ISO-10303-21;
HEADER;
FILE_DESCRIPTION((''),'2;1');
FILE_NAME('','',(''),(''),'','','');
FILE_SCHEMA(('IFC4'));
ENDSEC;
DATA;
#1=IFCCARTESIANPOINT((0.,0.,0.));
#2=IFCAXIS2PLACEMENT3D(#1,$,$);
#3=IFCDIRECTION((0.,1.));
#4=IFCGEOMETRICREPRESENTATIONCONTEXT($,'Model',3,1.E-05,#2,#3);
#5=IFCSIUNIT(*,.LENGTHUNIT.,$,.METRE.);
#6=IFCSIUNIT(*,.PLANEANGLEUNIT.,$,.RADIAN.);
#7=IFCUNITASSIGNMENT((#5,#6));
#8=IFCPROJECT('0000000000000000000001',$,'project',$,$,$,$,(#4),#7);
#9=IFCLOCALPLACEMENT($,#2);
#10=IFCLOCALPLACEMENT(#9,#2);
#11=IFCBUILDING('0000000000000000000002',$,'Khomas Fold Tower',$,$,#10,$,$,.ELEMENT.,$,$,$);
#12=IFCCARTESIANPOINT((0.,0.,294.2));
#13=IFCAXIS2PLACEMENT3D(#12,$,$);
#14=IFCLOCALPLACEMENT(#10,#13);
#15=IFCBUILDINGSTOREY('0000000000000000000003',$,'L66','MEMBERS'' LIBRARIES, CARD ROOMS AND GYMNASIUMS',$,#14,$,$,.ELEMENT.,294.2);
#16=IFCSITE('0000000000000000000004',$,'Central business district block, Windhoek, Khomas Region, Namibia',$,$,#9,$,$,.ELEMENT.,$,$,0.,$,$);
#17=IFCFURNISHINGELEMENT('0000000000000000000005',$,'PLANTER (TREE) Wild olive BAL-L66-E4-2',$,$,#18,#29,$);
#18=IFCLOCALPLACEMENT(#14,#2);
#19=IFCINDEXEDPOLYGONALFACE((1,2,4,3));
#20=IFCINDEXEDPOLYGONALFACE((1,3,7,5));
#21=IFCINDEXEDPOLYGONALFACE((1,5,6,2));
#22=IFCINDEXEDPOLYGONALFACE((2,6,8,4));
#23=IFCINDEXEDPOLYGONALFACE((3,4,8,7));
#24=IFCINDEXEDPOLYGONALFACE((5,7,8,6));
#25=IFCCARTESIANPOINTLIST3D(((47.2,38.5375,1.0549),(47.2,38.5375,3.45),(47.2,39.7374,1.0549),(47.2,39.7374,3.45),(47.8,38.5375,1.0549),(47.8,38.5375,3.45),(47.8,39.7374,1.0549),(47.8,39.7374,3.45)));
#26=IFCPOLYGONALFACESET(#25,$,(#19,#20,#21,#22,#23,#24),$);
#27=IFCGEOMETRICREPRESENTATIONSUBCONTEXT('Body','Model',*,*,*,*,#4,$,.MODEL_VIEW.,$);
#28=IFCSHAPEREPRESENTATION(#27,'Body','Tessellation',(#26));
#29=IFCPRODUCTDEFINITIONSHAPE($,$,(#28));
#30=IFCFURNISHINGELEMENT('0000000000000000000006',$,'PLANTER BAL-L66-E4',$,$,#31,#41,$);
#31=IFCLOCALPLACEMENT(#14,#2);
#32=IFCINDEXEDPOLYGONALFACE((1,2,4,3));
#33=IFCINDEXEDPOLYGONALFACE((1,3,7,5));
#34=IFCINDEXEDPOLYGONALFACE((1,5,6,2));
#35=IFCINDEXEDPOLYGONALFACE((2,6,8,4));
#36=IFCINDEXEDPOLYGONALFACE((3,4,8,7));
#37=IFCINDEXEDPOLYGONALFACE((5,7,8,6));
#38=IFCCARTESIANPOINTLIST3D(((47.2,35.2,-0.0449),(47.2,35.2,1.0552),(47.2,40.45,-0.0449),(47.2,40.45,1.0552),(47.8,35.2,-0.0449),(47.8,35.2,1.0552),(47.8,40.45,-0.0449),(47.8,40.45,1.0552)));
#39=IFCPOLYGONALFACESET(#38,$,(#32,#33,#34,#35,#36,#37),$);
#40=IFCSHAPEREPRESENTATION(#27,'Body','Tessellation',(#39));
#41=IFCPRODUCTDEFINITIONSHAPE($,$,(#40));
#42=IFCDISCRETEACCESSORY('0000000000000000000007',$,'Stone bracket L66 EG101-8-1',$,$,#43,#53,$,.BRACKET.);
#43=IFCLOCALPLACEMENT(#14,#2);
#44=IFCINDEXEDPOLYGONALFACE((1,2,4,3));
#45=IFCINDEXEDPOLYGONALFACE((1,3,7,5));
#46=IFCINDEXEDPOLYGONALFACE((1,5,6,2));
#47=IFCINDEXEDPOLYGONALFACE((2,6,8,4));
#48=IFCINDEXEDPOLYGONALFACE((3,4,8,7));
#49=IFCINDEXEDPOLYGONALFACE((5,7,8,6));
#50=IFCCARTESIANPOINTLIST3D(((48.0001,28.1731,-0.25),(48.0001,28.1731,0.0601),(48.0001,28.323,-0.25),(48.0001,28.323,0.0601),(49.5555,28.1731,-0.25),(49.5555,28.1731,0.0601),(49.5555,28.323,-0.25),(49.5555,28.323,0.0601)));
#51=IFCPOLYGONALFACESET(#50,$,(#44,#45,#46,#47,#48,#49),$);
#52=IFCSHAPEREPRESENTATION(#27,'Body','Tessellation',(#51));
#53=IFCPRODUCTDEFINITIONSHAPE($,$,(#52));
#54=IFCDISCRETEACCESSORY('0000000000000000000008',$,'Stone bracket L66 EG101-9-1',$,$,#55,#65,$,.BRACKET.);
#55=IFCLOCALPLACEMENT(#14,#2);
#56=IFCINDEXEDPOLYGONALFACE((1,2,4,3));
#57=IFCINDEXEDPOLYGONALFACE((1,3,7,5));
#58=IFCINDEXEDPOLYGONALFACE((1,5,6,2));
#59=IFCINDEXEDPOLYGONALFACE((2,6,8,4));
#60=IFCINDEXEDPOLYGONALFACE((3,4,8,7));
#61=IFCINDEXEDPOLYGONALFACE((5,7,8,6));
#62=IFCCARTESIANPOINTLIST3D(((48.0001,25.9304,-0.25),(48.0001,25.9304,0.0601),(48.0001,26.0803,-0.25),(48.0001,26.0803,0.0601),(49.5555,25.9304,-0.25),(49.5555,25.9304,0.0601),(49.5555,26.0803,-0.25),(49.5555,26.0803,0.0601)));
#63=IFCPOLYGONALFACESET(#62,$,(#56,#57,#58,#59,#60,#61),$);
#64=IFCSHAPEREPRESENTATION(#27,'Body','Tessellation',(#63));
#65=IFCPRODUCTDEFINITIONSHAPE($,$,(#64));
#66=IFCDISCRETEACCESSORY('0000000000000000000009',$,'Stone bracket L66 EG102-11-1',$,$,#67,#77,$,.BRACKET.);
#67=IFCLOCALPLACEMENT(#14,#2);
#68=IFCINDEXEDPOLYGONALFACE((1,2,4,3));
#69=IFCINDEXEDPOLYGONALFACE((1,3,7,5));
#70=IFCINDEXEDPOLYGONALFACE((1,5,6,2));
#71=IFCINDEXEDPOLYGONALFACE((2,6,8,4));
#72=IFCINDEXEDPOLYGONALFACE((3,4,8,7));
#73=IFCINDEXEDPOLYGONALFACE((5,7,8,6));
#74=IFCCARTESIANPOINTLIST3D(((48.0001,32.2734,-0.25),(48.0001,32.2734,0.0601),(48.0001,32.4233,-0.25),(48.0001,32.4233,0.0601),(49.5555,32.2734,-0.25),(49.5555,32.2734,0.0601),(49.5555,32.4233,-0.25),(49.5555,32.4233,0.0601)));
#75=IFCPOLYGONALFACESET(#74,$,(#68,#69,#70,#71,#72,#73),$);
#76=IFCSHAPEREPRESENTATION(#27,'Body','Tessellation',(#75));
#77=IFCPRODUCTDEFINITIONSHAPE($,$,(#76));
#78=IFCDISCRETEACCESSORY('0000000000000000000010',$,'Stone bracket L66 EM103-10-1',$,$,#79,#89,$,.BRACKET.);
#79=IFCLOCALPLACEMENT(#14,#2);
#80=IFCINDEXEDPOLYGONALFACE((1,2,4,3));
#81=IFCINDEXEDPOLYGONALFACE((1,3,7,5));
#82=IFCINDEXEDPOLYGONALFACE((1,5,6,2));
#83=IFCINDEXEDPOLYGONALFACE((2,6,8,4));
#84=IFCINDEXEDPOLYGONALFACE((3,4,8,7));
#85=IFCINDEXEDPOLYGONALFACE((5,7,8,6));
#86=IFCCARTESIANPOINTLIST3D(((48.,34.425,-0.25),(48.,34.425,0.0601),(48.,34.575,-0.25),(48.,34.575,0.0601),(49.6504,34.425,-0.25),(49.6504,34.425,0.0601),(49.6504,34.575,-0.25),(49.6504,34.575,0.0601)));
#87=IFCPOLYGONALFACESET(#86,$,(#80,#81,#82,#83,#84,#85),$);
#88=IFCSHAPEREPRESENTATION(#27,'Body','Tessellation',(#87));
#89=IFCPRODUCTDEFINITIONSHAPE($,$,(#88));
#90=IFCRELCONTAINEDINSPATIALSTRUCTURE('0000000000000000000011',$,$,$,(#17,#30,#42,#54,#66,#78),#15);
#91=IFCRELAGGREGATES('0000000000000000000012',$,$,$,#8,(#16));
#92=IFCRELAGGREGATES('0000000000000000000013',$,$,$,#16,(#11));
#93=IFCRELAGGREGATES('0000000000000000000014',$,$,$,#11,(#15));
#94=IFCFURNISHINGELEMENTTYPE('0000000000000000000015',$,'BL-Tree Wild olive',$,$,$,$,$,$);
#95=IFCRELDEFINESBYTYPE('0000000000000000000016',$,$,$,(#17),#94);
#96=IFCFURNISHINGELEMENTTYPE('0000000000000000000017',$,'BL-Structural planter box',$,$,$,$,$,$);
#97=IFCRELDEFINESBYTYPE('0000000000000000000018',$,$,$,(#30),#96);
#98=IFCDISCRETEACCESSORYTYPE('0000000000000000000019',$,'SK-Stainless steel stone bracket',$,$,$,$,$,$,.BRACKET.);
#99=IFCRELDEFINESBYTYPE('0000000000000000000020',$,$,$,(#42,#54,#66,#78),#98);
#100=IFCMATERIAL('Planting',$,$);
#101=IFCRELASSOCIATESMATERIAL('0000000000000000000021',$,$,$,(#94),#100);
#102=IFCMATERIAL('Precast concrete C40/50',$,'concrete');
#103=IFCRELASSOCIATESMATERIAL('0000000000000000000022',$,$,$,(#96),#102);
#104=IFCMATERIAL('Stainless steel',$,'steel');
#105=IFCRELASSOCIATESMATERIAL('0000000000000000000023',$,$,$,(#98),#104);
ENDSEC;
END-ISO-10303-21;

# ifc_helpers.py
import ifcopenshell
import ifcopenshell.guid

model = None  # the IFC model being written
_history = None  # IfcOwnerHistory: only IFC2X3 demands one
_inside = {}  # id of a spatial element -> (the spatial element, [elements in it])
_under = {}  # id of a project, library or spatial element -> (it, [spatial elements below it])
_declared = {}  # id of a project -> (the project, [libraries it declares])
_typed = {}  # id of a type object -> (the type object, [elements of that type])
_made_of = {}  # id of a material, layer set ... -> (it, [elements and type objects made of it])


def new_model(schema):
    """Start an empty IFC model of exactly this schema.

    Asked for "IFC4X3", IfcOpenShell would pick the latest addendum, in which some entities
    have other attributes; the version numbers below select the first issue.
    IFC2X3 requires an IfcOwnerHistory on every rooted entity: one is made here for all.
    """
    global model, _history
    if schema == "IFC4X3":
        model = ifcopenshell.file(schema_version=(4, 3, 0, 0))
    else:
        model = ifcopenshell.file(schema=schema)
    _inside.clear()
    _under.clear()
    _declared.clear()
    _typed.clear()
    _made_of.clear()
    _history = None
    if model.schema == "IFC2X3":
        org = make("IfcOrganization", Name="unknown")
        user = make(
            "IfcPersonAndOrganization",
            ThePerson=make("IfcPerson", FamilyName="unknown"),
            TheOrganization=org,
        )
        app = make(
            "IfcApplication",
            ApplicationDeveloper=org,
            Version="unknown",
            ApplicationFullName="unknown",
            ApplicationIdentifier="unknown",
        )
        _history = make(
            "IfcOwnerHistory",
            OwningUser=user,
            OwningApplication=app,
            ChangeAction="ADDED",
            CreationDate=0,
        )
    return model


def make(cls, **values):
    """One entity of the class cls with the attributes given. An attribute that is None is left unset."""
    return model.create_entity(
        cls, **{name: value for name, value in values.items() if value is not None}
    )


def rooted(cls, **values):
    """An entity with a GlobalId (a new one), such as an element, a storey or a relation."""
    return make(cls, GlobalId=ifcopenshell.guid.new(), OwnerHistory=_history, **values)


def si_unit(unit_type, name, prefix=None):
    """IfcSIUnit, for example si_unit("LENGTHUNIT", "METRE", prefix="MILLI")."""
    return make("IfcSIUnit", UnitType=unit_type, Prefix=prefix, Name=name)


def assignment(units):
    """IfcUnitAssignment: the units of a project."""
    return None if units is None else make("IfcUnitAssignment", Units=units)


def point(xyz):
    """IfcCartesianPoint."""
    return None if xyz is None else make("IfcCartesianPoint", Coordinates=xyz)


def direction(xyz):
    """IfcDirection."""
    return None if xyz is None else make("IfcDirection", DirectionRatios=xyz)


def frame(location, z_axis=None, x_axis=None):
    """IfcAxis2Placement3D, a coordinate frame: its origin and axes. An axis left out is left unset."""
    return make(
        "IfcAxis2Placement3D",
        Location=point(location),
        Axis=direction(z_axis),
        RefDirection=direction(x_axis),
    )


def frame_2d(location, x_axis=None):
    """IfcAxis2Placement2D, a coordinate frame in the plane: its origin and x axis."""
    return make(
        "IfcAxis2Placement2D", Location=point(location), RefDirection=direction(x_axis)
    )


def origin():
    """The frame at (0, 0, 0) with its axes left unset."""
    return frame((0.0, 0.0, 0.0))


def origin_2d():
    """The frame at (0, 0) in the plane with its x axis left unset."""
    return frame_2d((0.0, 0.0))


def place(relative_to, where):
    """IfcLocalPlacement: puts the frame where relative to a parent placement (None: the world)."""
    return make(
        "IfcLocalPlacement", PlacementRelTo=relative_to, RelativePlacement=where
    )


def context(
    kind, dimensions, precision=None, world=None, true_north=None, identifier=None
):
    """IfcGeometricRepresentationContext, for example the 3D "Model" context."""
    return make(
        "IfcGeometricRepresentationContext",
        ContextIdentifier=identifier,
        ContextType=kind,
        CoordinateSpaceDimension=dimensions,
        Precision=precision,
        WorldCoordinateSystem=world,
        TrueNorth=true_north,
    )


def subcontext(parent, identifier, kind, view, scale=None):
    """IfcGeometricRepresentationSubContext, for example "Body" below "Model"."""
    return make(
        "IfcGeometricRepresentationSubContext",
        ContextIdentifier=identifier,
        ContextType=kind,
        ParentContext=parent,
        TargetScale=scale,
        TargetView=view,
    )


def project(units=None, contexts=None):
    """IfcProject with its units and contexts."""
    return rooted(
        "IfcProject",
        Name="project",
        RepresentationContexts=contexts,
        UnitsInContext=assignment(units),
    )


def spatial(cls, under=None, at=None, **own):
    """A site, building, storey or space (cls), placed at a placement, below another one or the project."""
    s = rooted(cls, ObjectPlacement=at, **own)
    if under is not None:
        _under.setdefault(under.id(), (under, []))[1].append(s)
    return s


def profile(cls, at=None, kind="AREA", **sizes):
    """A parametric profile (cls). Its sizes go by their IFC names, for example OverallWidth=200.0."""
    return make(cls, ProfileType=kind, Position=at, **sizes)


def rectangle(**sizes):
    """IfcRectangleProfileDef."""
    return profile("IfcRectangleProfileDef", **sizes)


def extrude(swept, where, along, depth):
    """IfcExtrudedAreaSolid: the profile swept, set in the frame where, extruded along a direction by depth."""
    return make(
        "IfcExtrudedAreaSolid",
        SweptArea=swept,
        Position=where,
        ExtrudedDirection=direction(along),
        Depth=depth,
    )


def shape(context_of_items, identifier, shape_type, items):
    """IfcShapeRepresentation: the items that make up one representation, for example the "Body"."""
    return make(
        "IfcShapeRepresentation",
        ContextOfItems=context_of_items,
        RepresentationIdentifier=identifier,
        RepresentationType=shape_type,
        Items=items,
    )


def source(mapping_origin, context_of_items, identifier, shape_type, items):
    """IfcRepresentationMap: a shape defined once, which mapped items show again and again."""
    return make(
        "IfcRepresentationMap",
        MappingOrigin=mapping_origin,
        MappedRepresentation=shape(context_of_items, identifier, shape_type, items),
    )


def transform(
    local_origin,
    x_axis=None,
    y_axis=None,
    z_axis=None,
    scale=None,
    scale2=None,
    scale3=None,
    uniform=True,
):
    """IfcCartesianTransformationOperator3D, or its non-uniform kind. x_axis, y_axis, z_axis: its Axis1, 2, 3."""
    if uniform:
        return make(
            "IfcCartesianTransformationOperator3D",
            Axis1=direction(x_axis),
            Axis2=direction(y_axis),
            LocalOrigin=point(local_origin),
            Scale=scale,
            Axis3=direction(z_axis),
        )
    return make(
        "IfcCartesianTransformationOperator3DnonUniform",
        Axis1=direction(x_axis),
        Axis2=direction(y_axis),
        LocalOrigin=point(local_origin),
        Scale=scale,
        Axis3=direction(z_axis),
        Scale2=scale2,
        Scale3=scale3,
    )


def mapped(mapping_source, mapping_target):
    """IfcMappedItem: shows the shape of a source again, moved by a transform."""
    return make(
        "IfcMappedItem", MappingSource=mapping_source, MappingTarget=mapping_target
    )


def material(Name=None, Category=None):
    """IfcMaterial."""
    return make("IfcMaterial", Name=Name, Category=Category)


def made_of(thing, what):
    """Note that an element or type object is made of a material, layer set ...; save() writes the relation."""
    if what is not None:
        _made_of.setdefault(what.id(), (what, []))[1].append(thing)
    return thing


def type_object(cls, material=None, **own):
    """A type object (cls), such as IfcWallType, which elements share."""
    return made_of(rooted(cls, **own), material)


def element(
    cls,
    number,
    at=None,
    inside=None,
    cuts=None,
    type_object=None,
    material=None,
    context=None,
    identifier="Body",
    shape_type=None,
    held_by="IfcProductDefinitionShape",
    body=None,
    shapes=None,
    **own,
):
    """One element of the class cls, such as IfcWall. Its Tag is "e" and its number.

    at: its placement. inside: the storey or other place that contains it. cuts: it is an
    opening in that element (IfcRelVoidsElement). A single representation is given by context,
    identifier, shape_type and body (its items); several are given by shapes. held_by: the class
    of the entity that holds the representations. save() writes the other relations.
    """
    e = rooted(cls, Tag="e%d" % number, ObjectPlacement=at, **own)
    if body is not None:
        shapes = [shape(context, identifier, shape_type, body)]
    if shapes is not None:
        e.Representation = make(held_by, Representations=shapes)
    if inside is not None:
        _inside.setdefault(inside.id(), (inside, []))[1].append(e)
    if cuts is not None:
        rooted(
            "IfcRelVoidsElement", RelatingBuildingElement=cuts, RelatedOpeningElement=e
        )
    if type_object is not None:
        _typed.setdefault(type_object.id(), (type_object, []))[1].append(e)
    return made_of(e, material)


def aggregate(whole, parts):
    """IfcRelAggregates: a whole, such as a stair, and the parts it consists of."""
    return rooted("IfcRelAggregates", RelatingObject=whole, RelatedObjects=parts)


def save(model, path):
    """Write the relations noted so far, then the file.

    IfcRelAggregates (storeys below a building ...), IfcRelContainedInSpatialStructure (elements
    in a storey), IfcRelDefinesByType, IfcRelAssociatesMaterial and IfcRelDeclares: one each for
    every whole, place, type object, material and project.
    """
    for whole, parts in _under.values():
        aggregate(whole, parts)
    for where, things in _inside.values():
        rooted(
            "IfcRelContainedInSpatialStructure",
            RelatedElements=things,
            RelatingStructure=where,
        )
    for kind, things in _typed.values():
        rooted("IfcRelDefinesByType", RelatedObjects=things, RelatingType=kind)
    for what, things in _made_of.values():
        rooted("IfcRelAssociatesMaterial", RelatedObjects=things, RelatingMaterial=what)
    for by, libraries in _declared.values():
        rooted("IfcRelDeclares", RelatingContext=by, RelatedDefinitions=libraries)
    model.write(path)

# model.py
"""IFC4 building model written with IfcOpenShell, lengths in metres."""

from ifc_helpers import new_model, si_unit, direction, frame, origin, origin_2d, place, context, subcontext, project, spatial, rectangle, extrude, source, transform, mapped, material, type_object, element, save


model = new_model("IFC4")

# Units and contexts
model_context = context("Model", 3, precision=1e-05, world=origin(), true_north=direction((0.0, 1.0)))
body_context = subcontext(model_context, "Body", "Model", "MODEL_VIEW")
ifc_project = project(units=[si_unit("LENGTHUNIT", "METRE"), si_unit("PLANEANGLEUNIT", "RADIAN")], contexts=[model_context])

# Site, building, storey
site_placement = place(None, origin())
site = spatial("IfcSite", under=ifc_project, at=site_placement, Name="Central business district block, Windhoek, Khomas Region, Namibia", CompositionType="ELEMENT", RefElevation=0.0)
building_placement = place(site_placement, origin())
building = spatial("IfcBuilding", under=site, at=building_placement, Name="Khomas Fold Tower", CompositionType="ELEMENT")
storey_placement = place(building_placement, frame((0.0, 0.0, 294.2)))
storey = spatial("IfcBuildingStorey", under=building, at=storey_placement, Name="L66", Description="MEMBERS' LIBRARIES, CARD ROOMS AND GYMNASIUMS", CompositionType="ELEMENT", Elevation=294.2)

# Furnishing elements
shared_shape_1 = source(origin(), body_context, "Body", "SweptSolid", [
    extrude(rectangle(XDim=1.2, YDim=0.6001, at=origin_2d()), origin(), (0.0, 0.0, 1.0), 2.395),
])
ifc_material_1 = material(Name="Planting")
furnishing_element_type_1 = type_object("IfcFurnishingElementType", Name="BL-Tree Wild olive", material=ifc_material_1)
furnishing_1_placement = place(storey_placement, frame((47.5, 39.1375, 1.0549), z_axis=(0.0, 0.0, 1.0), x_axis=(0.0, 1.0, 0.0)))
element("IfcFurnishingElement", 1, at=furnishing_1_placement, inside=storey, type_object=furnishing_element_type_1, Name="PLANTER (TREE) Wild olive BAL-L66-E4-2", context=body_context, shape_type="MappedRepresentation", body=[
    mapped(shared_shape_1, transform((0.0, 0.0, 0.0))),
])
ifc_material_2 = material(Name="Precast concrete C40/50", Category="concrete")
furnishing_element_type_2 = type_object("IfcFurnishingElementType", Name="BL-Structural planter box", material=ifc_material_2)
shared_shape_2 = source(origin(), body_context, "Body", "SweptSolid", [
    extrude(rectangle(XDim=5.25, YDim=0.6001, at=origin_2d()), origin(), (0.0, 0.0, 1.0), 1.1001),
])
furnishing_2_placement = place(storey_placement, frame((47.5, 37.825, -0.0449), z_axis=(0.0, 0.0, 1.0), x_axis=(0.0, 1.0, 0.0)))
element("IfcFurnishingElement", 2, at=furnishing_2_placement, inside=storey, type_object=furnishing_element_type_2, Name="PLANTER BAL-L66-E4", context=body_context, shape_type="MappedRepresentation", body=[
    mapped(shared_shape_2, transform((0.0, 0.0, 0.0))),
])

# Discrete accessories
ifc_material_3 = material(Name="Stainless steel", Category="steel")
discrete_accessory_type = type_object("IfcDiscreteAccessoryType", Name="SK-Stainless steel stone bracket", PredefinedType="BRACKET", material=ifc_material_3)
shared_shape_3 = source(origin(), body_context, "Body", "SweptSolid", [
    extrude(rectangle(XDim=1.5554, YDim=0.1499, at=origin_2d()), origin(), (0.0, 0.0, 1.0), 0.3101),
])
for number, where, z_axis, x_axis, name in (
    (3, (48.7778, 28.248, -0.25), (0.0, 0.0, 1.0), (1.0, 0.0, 0.0), "Stone bracket L66 EG101-8-1"),
    (4, (48.7778, 26.0054, -0.25), (0.0, 0.0, 1.0), (1.0, 0.0, 0.0), "Stone bracket L66 EG101-9-1"),
    (5, (48.7778, 32.3484, -0.25), (0.0, 0.0, 1.0), (1.0, 0.0, 0.0), "Stone bracket L66 EG102-11-1"),
):
    element("IfcDiscreteAccessory", number, at=place(storey_placement, frame(where, z_axis=z_axis, x_axis=x_axis)), inside=storey, type_object=discrete_accessory_type, Name=name, PredefinedType="BRACKET", context=body_context, shape_type="MappedRepresentation", body=[
        mapped(shared_shape_3, transform((0.0, 0.0, 0.0))),
    ])
shared_shape_4 = source(origin(), body_context, "Body", "SweptSolid", [
    extrude(rectangle(XDim=1.6504, YDim=0.1499, at=origin_2d()), origin(), (0.0, 0.0, 1.0), 0.3101),
])
discrete_accessory_placement = place(storey_placement, frame((48.8252, 34.5, -0.25), z_axis=(0.0, 0.0, 1.0), x_axis=(1.0, 0.0, 0.0)))
element("IfcDiscreteAccessory", 6, at=discrete_accessory_placement, inside=storey, type_object=discrete_accessory_type, Name="Stone bracket L66 EM103-10-1", PredefinedType="BRACKET", context=body_context, shape_type="MappedRepresentation", body=[
    mapped(shared_shape_4, transform((0.0, 0.0, 0.0))),
])

save(model, "model.ifc")
